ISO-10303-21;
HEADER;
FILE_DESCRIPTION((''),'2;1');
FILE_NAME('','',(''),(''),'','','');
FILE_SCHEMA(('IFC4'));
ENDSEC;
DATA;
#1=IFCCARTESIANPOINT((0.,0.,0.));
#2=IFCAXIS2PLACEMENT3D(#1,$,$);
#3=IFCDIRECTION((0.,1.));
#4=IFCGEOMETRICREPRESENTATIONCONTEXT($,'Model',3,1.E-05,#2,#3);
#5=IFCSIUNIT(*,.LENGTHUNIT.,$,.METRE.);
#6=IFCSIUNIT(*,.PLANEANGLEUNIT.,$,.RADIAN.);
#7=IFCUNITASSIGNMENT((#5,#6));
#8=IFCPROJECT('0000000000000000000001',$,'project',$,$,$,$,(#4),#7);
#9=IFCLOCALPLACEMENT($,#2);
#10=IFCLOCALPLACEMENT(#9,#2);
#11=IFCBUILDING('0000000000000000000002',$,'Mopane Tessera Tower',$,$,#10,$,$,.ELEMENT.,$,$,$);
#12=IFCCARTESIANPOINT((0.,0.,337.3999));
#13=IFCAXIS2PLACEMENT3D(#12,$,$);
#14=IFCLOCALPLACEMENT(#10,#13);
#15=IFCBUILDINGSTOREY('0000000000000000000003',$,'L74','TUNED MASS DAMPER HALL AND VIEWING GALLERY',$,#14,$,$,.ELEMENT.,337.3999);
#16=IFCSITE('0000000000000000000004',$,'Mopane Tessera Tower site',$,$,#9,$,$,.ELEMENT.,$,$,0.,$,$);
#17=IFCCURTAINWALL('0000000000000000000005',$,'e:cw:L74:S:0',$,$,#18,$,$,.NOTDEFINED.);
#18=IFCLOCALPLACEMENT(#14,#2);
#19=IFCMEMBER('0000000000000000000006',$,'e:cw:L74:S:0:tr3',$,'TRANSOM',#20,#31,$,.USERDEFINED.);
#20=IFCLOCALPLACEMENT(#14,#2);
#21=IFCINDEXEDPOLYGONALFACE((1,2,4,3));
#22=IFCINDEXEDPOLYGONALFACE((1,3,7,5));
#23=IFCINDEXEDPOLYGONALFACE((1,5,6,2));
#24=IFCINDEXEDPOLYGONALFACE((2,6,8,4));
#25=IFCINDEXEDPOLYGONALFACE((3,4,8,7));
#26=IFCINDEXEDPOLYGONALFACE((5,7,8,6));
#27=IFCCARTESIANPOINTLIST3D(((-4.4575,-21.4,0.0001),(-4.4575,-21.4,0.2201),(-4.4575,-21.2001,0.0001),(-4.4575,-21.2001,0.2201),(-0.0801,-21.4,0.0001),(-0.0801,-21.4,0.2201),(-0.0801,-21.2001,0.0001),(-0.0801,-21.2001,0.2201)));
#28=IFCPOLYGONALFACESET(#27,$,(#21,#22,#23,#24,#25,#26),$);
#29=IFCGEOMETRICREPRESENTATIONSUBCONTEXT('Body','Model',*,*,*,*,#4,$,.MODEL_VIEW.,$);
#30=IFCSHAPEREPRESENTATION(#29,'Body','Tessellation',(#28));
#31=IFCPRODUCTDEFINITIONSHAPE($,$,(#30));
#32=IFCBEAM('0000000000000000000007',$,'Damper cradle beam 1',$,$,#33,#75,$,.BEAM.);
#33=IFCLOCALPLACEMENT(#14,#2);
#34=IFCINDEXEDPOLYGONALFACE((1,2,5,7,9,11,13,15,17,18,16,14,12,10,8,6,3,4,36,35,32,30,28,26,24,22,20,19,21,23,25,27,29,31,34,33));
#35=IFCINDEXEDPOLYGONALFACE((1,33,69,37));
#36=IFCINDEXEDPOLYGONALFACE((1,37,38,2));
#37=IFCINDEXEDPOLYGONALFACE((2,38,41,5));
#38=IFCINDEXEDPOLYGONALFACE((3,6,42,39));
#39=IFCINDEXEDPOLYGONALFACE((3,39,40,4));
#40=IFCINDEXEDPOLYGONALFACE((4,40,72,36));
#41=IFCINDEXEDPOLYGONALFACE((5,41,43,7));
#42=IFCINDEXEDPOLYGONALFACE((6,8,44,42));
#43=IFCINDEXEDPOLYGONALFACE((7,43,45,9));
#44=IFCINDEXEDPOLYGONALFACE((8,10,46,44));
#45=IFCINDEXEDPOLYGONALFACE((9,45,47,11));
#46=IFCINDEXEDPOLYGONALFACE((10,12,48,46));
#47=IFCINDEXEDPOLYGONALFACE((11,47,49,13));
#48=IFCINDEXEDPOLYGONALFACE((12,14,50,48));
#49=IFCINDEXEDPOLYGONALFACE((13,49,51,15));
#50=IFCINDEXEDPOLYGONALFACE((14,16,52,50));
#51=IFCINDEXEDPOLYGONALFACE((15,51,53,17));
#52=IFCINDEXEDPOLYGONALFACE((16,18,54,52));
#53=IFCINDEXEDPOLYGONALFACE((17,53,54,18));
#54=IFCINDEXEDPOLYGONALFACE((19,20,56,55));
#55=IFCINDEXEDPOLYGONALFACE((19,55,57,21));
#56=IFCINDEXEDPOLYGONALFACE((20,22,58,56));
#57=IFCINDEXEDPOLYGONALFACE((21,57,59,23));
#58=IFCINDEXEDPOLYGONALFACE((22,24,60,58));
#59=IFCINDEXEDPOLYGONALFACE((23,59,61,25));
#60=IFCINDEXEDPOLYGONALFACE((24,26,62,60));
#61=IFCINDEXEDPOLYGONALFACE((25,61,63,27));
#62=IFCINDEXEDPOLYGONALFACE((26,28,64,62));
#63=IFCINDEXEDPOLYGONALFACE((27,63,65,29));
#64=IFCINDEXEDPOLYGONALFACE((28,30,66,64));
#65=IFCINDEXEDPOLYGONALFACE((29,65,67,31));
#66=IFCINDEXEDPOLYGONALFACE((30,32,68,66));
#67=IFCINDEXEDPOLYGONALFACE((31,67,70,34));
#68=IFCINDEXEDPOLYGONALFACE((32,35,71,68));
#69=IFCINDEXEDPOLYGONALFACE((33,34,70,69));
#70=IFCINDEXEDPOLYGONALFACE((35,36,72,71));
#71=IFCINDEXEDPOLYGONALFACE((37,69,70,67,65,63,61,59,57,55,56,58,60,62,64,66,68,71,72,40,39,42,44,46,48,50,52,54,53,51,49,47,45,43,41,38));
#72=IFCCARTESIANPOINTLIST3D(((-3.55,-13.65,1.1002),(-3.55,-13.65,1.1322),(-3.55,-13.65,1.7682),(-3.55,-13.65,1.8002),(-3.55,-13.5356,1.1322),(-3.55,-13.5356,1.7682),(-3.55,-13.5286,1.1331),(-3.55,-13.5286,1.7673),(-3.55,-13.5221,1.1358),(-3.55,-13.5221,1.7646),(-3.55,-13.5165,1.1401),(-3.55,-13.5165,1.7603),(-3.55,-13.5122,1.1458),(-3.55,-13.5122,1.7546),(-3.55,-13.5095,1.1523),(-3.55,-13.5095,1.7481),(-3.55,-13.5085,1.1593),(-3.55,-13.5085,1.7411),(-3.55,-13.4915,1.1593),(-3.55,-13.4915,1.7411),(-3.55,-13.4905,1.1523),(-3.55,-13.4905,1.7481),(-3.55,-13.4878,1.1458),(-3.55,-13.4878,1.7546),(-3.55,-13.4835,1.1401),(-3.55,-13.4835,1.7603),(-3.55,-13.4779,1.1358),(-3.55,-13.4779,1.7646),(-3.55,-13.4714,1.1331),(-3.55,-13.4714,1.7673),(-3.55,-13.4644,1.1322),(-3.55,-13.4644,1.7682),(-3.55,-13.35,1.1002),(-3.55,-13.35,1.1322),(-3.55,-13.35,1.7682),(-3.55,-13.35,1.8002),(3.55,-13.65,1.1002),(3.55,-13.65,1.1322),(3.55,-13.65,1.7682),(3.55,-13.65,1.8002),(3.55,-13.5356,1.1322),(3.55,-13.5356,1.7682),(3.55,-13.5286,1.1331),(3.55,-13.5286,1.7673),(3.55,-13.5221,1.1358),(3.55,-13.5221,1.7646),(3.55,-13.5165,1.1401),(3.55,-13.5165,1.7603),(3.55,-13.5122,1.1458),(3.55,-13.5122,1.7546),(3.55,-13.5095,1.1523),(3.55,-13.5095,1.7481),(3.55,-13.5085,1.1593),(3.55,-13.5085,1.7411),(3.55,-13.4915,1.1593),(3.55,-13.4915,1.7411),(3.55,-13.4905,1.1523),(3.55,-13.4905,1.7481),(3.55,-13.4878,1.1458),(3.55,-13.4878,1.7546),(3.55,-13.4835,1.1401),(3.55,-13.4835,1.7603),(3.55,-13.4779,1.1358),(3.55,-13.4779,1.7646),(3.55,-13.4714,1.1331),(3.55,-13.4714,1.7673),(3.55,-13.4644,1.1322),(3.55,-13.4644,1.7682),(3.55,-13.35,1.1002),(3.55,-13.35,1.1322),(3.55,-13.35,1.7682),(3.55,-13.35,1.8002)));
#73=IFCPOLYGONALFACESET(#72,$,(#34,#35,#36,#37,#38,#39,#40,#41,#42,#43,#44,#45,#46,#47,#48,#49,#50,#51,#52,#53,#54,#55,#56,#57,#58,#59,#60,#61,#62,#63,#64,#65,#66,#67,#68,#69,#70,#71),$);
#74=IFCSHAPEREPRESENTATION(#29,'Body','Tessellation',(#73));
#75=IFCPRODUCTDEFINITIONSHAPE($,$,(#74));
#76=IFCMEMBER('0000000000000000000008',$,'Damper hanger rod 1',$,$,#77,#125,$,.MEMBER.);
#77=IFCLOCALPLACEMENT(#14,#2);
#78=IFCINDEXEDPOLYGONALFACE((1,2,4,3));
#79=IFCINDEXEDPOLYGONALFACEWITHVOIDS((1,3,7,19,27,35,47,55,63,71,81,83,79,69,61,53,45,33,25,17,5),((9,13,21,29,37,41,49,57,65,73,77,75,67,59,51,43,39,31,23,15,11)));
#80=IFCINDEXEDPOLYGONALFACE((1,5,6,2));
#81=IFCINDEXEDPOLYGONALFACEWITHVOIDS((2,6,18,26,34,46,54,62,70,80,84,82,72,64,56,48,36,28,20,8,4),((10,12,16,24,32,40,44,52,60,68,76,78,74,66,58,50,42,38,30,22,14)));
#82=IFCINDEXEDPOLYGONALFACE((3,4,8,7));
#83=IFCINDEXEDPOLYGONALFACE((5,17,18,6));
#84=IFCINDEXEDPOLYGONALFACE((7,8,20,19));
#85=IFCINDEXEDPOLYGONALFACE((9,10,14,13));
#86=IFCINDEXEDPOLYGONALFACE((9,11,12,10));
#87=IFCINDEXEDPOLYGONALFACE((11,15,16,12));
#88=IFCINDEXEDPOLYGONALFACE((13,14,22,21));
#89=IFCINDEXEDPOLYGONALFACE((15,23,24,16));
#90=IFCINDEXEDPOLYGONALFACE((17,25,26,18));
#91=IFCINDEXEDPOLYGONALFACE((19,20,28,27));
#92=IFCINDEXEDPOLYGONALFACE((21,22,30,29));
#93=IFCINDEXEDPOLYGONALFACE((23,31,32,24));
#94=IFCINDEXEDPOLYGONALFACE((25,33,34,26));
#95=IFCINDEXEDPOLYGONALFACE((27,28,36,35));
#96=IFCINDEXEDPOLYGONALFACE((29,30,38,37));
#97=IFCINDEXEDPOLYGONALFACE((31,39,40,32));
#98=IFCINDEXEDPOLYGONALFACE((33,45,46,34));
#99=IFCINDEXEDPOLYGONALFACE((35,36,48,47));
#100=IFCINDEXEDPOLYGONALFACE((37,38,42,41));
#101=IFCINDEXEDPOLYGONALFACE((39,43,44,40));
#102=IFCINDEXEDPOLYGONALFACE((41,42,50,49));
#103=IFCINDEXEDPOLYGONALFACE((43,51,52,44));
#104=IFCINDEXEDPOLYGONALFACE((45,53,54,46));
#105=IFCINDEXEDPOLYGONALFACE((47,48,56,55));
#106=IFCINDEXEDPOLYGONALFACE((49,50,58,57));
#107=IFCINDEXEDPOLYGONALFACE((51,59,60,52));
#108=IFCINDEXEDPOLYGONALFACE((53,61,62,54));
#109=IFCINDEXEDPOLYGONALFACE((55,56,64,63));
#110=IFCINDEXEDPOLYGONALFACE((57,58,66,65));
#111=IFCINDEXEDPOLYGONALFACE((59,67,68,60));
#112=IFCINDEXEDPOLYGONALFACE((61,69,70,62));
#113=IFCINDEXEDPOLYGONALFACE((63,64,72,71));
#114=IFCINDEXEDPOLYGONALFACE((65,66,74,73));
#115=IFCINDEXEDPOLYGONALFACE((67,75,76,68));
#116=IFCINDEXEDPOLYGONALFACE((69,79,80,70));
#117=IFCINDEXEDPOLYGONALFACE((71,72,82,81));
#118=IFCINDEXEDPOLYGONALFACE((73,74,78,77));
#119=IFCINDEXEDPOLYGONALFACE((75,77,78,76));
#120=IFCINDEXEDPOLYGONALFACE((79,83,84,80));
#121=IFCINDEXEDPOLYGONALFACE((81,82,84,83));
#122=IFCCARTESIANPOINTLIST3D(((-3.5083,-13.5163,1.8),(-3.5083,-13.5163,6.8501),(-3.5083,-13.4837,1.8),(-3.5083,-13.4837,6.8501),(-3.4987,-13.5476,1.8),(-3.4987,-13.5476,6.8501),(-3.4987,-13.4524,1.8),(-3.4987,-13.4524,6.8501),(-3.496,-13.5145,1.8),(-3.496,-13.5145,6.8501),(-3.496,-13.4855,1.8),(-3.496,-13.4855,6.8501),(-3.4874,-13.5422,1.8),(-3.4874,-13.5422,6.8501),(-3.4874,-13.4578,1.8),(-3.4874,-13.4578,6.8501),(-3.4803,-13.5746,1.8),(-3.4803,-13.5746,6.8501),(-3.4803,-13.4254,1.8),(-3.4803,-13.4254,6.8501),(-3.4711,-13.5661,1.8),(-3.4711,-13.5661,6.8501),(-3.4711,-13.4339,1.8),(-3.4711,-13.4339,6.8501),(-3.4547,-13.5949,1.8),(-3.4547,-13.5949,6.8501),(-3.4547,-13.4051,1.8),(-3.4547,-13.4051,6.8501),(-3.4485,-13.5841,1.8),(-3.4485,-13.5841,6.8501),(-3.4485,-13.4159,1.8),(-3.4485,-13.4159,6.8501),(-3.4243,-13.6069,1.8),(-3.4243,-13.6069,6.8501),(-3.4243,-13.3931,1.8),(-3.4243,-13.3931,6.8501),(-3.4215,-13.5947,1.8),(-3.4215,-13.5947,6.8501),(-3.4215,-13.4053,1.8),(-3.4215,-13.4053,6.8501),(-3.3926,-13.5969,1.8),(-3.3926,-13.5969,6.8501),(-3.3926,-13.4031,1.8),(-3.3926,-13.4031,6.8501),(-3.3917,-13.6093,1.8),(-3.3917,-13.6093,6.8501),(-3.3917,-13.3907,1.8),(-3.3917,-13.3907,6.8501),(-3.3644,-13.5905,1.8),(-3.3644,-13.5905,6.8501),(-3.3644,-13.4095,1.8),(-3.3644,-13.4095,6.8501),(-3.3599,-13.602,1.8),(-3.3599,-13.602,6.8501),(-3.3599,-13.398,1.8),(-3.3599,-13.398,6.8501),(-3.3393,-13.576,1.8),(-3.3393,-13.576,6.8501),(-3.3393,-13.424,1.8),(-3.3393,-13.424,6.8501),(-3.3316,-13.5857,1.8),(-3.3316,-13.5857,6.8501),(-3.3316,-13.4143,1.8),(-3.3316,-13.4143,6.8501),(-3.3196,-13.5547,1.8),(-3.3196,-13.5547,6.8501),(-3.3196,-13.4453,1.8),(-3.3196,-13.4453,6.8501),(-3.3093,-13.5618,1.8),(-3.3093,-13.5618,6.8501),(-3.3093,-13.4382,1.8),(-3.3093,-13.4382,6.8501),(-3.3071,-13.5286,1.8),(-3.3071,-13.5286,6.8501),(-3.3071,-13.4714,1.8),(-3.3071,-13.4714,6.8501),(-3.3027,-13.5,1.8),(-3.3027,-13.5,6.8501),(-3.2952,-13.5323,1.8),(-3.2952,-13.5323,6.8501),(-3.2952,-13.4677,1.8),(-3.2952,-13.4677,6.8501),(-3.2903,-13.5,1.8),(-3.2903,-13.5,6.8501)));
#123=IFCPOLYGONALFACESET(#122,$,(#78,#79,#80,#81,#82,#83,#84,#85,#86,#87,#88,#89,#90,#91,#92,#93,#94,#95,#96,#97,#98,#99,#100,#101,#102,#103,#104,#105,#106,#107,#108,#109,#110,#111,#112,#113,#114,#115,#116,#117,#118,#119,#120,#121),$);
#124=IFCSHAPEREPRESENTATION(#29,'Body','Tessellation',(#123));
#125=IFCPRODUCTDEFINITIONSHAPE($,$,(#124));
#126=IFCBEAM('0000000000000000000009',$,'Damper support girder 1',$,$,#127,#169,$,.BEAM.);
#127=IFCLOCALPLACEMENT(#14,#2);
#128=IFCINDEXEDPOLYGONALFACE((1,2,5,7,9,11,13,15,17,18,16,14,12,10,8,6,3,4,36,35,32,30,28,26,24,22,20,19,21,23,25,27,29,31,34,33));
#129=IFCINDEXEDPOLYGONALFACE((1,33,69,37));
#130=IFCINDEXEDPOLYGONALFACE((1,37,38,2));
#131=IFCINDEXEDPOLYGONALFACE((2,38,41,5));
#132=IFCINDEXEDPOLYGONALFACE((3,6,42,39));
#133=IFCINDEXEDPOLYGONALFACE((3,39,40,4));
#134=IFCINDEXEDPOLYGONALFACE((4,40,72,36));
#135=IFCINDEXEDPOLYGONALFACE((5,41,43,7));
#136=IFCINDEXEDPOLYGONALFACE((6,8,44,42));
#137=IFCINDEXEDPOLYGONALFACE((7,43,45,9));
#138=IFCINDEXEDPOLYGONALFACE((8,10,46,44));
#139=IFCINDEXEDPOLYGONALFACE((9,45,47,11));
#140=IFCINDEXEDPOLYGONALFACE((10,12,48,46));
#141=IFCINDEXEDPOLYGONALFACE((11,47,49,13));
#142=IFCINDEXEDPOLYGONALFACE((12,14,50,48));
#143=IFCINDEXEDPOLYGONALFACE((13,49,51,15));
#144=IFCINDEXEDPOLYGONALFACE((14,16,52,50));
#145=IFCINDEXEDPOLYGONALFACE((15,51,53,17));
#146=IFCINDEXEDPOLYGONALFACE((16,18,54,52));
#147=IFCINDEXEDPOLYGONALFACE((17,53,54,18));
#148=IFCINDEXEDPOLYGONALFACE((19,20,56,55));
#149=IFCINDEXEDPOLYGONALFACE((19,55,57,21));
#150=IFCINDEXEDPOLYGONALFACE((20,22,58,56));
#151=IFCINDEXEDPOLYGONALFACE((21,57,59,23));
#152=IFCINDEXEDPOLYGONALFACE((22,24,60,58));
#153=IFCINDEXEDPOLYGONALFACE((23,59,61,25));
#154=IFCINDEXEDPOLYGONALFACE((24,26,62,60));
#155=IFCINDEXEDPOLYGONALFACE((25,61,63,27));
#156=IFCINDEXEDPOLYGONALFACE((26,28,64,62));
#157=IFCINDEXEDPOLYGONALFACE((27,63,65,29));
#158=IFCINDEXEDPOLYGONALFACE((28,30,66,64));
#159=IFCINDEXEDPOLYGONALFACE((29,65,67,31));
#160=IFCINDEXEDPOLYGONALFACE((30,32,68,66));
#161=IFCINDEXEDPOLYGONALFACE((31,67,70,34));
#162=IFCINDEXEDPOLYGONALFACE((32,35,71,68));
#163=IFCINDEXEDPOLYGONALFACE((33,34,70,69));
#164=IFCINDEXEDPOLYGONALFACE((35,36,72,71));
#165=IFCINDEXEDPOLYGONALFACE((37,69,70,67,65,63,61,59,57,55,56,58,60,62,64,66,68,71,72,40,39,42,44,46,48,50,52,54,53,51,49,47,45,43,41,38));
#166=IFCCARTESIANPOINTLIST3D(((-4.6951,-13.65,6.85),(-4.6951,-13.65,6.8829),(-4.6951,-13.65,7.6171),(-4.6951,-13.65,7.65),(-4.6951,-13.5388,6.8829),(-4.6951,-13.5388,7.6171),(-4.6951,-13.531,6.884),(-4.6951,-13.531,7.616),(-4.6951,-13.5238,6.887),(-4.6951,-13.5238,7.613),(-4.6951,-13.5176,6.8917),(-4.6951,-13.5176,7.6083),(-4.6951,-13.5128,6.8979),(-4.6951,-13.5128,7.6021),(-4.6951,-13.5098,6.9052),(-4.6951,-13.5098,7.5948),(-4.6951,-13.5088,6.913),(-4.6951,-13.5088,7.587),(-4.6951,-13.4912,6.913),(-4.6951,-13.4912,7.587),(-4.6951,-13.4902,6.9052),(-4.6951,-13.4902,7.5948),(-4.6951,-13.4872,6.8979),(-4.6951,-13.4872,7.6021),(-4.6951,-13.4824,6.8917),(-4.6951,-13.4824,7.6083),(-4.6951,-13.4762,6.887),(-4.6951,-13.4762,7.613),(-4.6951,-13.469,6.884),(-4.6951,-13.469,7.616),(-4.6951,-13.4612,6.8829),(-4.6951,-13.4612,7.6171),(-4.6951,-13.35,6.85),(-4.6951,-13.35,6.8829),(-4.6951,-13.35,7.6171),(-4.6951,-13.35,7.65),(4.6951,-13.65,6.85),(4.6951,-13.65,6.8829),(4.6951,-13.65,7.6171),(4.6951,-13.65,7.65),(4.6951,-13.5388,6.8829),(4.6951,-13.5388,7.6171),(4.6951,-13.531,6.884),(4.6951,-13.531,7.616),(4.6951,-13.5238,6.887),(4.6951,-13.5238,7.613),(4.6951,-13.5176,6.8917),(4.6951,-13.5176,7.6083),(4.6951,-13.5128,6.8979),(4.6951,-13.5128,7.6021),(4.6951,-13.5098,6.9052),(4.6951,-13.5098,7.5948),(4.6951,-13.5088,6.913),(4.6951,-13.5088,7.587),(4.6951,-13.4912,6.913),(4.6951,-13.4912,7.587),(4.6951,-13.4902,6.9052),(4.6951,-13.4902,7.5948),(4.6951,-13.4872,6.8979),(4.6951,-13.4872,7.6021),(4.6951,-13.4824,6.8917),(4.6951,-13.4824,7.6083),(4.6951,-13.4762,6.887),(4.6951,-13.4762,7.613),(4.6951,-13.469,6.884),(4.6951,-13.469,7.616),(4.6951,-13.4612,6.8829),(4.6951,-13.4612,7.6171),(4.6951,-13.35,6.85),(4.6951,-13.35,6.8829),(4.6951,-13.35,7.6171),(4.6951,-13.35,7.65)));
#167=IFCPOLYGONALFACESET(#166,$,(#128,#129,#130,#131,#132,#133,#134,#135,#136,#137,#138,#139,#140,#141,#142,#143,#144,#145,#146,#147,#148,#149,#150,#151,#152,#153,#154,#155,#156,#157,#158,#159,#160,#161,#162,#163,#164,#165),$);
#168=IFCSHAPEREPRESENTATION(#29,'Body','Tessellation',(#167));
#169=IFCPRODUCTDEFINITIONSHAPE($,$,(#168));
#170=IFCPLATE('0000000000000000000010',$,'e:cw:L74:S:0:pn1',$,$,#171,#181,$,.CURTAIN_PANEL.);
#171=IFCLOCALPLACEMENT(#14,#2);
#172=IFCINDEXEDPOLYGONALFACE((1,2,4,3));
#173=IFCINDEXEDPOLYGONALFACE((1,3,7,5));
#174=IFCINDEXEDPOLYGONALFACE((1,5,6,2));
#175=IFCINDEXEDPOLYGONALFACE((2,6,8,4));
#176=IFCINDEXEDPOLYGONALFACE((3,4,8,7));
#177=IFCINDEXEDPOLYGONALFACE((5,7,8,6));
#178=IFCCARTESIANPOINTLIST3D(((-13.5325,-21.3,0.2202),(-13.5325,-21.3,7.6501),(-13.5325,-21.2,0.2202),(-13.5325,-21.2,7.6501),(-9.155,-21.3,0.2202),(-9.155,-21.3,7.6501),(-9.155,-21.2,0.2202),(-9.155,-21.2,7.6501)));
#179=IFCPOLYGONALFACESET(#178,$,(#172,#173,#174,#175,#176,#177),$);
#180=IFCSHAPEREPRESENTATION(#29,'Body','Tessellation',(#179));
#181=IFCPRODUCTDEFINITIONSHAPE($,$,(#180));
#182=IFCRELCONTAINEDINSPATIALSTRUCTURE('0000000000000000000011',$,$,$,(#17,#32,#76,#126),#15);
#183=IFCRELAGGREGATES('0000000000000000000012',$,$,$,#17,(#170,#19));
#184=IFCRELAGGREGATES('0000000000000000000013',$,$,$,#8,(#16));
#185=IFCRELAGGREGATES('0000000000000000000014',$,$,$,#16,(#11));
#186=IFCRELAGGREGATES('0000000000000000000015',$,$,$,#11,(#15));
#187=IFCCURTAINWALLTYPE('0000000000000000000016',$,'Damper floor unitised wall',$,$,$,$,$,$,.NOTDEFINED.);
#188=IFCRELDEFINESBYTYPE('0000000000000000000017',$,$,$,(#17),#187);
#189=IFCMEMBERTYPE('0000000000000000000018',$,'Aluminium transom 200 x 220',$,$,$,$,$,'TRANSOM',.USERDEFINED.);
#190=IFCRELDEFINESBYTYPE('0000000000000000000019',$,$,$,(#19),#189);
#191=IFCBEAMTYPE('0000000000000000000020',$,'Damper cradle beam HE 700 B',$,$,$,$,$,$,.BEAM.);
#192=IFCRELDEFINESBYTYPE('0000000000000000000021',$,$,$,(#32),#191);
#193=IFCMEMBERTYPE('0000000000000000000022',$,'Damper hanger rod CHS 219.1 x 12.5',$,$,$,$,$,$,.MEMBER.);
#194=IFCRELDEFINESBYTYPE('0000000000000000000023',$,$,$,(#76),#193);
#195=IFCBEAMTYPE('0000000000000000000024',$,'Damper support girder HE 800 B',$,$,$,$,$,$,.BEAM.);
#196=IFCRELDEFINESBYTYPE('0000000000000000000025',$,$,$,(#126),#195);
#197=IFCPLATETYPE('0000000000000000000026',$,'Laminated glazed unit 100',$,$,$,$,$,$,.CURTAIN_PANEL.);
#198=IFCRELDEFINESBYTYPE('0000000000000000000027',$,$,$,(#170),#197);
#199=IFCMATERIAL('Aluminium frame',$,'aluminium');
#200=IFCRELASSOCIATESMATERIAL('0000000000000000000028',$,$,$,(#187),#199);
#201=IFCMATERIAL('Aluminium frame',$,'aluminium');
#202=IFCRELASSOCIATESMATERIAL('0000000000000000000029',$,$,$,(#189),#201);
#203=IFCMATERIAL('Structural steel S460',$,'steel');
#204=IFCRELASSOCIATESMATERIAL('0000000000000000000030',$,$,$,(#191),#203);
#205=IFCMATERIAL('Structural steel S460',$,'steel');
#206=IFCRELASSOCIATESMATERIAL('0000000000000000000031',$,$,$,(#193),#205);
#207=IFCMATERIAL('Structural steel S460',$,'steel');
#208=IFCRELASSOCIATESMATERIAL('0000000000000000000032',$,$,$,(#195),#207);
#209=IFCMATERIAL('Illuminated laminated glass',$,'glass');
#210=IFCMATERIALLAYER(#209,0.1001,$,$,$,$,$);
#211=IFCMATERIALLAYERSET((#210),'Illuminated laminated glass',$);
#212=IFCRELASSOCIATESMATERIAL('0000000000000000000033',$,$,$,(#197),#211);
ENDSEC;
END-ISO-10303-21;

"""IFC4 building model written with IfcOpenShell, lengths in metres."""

from ifc_helpers import new_model, si_unit, direction, frame, origin, origin_2d, place, context, subcontext, project, spatial, rectangle, hollow_circle, i_section, extrude, material, layer, layer_set, material_profile, profile_set, type_object, element, aggregate, save


model = new_model("IFC4")

# Units and contexts
model_context = context("Model", 3, precision=1e-05, world=origin(), true_north=direction((0.0, 1.0)))
body_context = subcontext(model_context, "Body", "Model", "MODEL_VIEW")
ifc_project = project(units=[si_unit("LENGTHUNIT", "METRE"), si_unit("PLANEANGLEUNIT", "RADIAN")], contexts=[model_context])

# Site, building, storey
site_placement = place(None, origin())
site = spatial("IfcSite", under=ifc_project, at=site_placement, Name="Mopane Tessera Tower site", CompositionType="ELEMENT", RefElevation=0.0)
building_placement = place(site_placement, origin())
building = spatial("IfcBuilding", under=site, at=building_placement, Name="Mopane Tessera Tower", CompositionType="ELEMENT")
storey_placement = place(building_placement, frame((0.0, 0.0, 337.3999)))
storey = spatial("IfcBuildingStorey", under=building, at=storey_placement, Name="L74", Description="TUNED MASS DAMPER HALL AND VIEWING GALLERY", CompositionType="ELEMENT", Elevation=337.3999)

# Curtain wall, member
ifc_material_1 = material(Name="Aluminium frame", Category="aluminium")
curtain_wall_type = type_object("IfcCurtainWallType", Name="Damper floor unitised wall", PredefinedType="NOTDEFINED", material=ifc_material_1)
curtain_wall_placement = place(storey_placement, origin())
curtain_wall = element("IfcCurtainWall", 1, at=curtain_wall_placement, inside=storey, type_object=curtain_wall_type, Name="e:cw:L74:S:0", PredefinedType="NOTDEFINED")
ifc_material_2 = material(Name="Aluminium frame", Category="aluminium")
ifc_material_profile_1 = material_profile(ifc_material_2, rectangle(XDim=0.2, YDim=0.22, at=origin_2d()))
ifc_profile_set_1 = profile_set([ifc_material_profile_1], Name="Aluminium frame")
member_type_1 = type_object("IfcMemberType", Name="Aluminium transom 200 x 220", ElementType="TRANSOM", PredefinedType="USERDEFINED", material=ifc_profile_set_1)
member_1_placement = place(storey_placement, frame((-4.4575, -21.3, 0.1101), z_axis=(1.0, 0.0, 0.0), x_axis=(0.0, 1.0, 0.0)))
member_1 = element("IfcMember", 2, at=member_1_placement, type_object=member_type_1, Name="e:cw:L74:S:0:tr3", ObjectType="TRANSOM", PredefinedType="USERDEFINED", context=body_context, shape_type="SweptSolid", body=[
    extrude(rectangle(XDim=0.2, YDim=0.22, at=origin_2d()), origin(), (0.0, 0.0, 1.0), 4.3774),
])

# Beam
ifc_material_3 = material(Name="Structural steel S460", Category="steel")
ifc_material_profile_2 = material_profile(ifc_material_3, i_section(OverallWidth=0.3, OverallDepth=0.7, WebThickness=0.0171, FlangeThickness=0.032, FilletRadius=0.0271, at=origin_2d()))
ifc_profile_set_2 = profile_set([ifc_material_profile_2], Name="Structural steel S460")
beam_type_1 = type_object("IfcBeamType", Name="Damper cradle beam HE 700 B", PredefinedType="BEAM", material=ifc_profile_set_2)
beam_1_placement = place(storey_placement, frame((-3.55, -13.5, 1.4502), z_axis=(1.0, 0.0, 0.0), x_axis=(0.0, 1.0, 0.0)))
element("IfcBeam", 3, at=beam_1_placement, inside=storey, type_object=beam_type_1, Name="Damper cradle beam 1", PredefinedType="BEAM", context=body_context, shape_type="SweptSolid", body=[
    extrude(i_section(OverallWidth=0.3, OverallDepth=0.7, WebThickness=0.0171, FlangeThickness=0.032, FilletRadius=0.0271, at=origin_2d()), origin(), (0.0, 0.0, 1.0), 7.1001),
])

# Member
ifc_material_4 = material(Name="Structural steel S460", Category="steel")
ifc_material_profile_3 = material_profile(ifc_material_4, hollow_circle(Radius=0.1096, WallThickness=0.0125, at=origin_2d()))
ifc_profile_set_3 = profile_set([ifc_material_profile_3], Name="Structural steel S460")
member_type_2 = type_object("IfcMemberType", Name="Damper hanger rod CHS 219.1 x 12.5", PredefinedType="MEMBER", material=ifc_profile_set_3)
member_2_placement = place(storey_placement, frame((-3.3999, -13.5, 1.8), z_axis=(0.0, 0.0, 1.0), x_axis=(1.0, 0.0, 0.0)))
element("IfcMember", 4, at=member_2_placement, inside=storey, type_object=member_type_2, Name="Damper hanger rod 1", PredefinedType="MEMBER", context=body_context, shape_type="SweptSolid", body=[
    extrude(hollow_circle(Radius=0.1096, WallThickness=0.0125, at=origin_2d()), origin(), (0.0, 0.0, 1.0), 5.05),
])

# Beam
ifc_material_5 = material(Name="Structural steel S460", Category="steel")
ifc_material_profile_4 = material_profile(ifc_material_5, i_section(OverallWidth=0.3, OverallDepth=0.8, WebThickness=0.0176, FlangeThickness=0.033, FilletRadius=0.03, at=origin_2d()))
ifc_profile_set_4 = profile_set([ifc_material_profile_4], Name="Structural steel S460")
beam_type_2 = type_object("IfcBeamType", Name="Damper support girder HE 800 B", PredefinedType="BEAM", material=ifc_profile_set_4)
beam_2_placement = place(storey_placement, frame((-4.6951, -13.5, 7.25), z_axis=(1.0, 0.0, 0.0), x_axis=(0.0, 1.0, 0.0)))
element("IfcBeam", 5, at=beam_2_placement, inside=storey, type_object=beam_type_2, Name="Damper support girder 1", PredefinedType="BEAM", context=body_context, shape_type="SweptSolid", body=[
    extrude(i_section(OverallWidth=0.3, OverallDepth=0.8, WebThickness=0.0176, FlangeThickness=0.033, FilletRadius=0.03, at=origin_2d()), origin(), (0.0, 0.0, 1.0), 9.3901),
])

# Plate
ifc_material_6 = material(Name="Illuminated laminated glass", Category="glass")
ifc_layer_1 = layer(ifc_material_6, 0.1001)
ifc_layer_set_1 = layer_set([ifc_layer_1], Name="Illuminated laminated glass")
plate_type = type_object("IfcPlateType", Name="Laminated glazed unit 100", PredefinedType="CURTAIN_PANEL", material=ifc_layer_set_1)
plate_1_placement = place(storey_placement, frame((-11.3438, -21.25, 0.2202), z_axis=(0.0, 0.0, 1.0), x_axis=(1.0, 0.0, 0.0)))
plate_1 = element("IfcPlate", 6, at=plate_1_placement, type_object=plate_type, Name="e:cw:L74:S:0:pn1", PredefinedType="CURTAIN_PANEL", context=body_context, shape_type="SweptSolid", body=[
    extrude(rectangle(XDim=4.3774, YDim=0.1001, at=origin_2d()), origin(), (0.0, 0.0, 1.0), 7.4299),
])
aggregate(curtain_wall, [plate_1, member_1])

save(model, "model.ifc")
